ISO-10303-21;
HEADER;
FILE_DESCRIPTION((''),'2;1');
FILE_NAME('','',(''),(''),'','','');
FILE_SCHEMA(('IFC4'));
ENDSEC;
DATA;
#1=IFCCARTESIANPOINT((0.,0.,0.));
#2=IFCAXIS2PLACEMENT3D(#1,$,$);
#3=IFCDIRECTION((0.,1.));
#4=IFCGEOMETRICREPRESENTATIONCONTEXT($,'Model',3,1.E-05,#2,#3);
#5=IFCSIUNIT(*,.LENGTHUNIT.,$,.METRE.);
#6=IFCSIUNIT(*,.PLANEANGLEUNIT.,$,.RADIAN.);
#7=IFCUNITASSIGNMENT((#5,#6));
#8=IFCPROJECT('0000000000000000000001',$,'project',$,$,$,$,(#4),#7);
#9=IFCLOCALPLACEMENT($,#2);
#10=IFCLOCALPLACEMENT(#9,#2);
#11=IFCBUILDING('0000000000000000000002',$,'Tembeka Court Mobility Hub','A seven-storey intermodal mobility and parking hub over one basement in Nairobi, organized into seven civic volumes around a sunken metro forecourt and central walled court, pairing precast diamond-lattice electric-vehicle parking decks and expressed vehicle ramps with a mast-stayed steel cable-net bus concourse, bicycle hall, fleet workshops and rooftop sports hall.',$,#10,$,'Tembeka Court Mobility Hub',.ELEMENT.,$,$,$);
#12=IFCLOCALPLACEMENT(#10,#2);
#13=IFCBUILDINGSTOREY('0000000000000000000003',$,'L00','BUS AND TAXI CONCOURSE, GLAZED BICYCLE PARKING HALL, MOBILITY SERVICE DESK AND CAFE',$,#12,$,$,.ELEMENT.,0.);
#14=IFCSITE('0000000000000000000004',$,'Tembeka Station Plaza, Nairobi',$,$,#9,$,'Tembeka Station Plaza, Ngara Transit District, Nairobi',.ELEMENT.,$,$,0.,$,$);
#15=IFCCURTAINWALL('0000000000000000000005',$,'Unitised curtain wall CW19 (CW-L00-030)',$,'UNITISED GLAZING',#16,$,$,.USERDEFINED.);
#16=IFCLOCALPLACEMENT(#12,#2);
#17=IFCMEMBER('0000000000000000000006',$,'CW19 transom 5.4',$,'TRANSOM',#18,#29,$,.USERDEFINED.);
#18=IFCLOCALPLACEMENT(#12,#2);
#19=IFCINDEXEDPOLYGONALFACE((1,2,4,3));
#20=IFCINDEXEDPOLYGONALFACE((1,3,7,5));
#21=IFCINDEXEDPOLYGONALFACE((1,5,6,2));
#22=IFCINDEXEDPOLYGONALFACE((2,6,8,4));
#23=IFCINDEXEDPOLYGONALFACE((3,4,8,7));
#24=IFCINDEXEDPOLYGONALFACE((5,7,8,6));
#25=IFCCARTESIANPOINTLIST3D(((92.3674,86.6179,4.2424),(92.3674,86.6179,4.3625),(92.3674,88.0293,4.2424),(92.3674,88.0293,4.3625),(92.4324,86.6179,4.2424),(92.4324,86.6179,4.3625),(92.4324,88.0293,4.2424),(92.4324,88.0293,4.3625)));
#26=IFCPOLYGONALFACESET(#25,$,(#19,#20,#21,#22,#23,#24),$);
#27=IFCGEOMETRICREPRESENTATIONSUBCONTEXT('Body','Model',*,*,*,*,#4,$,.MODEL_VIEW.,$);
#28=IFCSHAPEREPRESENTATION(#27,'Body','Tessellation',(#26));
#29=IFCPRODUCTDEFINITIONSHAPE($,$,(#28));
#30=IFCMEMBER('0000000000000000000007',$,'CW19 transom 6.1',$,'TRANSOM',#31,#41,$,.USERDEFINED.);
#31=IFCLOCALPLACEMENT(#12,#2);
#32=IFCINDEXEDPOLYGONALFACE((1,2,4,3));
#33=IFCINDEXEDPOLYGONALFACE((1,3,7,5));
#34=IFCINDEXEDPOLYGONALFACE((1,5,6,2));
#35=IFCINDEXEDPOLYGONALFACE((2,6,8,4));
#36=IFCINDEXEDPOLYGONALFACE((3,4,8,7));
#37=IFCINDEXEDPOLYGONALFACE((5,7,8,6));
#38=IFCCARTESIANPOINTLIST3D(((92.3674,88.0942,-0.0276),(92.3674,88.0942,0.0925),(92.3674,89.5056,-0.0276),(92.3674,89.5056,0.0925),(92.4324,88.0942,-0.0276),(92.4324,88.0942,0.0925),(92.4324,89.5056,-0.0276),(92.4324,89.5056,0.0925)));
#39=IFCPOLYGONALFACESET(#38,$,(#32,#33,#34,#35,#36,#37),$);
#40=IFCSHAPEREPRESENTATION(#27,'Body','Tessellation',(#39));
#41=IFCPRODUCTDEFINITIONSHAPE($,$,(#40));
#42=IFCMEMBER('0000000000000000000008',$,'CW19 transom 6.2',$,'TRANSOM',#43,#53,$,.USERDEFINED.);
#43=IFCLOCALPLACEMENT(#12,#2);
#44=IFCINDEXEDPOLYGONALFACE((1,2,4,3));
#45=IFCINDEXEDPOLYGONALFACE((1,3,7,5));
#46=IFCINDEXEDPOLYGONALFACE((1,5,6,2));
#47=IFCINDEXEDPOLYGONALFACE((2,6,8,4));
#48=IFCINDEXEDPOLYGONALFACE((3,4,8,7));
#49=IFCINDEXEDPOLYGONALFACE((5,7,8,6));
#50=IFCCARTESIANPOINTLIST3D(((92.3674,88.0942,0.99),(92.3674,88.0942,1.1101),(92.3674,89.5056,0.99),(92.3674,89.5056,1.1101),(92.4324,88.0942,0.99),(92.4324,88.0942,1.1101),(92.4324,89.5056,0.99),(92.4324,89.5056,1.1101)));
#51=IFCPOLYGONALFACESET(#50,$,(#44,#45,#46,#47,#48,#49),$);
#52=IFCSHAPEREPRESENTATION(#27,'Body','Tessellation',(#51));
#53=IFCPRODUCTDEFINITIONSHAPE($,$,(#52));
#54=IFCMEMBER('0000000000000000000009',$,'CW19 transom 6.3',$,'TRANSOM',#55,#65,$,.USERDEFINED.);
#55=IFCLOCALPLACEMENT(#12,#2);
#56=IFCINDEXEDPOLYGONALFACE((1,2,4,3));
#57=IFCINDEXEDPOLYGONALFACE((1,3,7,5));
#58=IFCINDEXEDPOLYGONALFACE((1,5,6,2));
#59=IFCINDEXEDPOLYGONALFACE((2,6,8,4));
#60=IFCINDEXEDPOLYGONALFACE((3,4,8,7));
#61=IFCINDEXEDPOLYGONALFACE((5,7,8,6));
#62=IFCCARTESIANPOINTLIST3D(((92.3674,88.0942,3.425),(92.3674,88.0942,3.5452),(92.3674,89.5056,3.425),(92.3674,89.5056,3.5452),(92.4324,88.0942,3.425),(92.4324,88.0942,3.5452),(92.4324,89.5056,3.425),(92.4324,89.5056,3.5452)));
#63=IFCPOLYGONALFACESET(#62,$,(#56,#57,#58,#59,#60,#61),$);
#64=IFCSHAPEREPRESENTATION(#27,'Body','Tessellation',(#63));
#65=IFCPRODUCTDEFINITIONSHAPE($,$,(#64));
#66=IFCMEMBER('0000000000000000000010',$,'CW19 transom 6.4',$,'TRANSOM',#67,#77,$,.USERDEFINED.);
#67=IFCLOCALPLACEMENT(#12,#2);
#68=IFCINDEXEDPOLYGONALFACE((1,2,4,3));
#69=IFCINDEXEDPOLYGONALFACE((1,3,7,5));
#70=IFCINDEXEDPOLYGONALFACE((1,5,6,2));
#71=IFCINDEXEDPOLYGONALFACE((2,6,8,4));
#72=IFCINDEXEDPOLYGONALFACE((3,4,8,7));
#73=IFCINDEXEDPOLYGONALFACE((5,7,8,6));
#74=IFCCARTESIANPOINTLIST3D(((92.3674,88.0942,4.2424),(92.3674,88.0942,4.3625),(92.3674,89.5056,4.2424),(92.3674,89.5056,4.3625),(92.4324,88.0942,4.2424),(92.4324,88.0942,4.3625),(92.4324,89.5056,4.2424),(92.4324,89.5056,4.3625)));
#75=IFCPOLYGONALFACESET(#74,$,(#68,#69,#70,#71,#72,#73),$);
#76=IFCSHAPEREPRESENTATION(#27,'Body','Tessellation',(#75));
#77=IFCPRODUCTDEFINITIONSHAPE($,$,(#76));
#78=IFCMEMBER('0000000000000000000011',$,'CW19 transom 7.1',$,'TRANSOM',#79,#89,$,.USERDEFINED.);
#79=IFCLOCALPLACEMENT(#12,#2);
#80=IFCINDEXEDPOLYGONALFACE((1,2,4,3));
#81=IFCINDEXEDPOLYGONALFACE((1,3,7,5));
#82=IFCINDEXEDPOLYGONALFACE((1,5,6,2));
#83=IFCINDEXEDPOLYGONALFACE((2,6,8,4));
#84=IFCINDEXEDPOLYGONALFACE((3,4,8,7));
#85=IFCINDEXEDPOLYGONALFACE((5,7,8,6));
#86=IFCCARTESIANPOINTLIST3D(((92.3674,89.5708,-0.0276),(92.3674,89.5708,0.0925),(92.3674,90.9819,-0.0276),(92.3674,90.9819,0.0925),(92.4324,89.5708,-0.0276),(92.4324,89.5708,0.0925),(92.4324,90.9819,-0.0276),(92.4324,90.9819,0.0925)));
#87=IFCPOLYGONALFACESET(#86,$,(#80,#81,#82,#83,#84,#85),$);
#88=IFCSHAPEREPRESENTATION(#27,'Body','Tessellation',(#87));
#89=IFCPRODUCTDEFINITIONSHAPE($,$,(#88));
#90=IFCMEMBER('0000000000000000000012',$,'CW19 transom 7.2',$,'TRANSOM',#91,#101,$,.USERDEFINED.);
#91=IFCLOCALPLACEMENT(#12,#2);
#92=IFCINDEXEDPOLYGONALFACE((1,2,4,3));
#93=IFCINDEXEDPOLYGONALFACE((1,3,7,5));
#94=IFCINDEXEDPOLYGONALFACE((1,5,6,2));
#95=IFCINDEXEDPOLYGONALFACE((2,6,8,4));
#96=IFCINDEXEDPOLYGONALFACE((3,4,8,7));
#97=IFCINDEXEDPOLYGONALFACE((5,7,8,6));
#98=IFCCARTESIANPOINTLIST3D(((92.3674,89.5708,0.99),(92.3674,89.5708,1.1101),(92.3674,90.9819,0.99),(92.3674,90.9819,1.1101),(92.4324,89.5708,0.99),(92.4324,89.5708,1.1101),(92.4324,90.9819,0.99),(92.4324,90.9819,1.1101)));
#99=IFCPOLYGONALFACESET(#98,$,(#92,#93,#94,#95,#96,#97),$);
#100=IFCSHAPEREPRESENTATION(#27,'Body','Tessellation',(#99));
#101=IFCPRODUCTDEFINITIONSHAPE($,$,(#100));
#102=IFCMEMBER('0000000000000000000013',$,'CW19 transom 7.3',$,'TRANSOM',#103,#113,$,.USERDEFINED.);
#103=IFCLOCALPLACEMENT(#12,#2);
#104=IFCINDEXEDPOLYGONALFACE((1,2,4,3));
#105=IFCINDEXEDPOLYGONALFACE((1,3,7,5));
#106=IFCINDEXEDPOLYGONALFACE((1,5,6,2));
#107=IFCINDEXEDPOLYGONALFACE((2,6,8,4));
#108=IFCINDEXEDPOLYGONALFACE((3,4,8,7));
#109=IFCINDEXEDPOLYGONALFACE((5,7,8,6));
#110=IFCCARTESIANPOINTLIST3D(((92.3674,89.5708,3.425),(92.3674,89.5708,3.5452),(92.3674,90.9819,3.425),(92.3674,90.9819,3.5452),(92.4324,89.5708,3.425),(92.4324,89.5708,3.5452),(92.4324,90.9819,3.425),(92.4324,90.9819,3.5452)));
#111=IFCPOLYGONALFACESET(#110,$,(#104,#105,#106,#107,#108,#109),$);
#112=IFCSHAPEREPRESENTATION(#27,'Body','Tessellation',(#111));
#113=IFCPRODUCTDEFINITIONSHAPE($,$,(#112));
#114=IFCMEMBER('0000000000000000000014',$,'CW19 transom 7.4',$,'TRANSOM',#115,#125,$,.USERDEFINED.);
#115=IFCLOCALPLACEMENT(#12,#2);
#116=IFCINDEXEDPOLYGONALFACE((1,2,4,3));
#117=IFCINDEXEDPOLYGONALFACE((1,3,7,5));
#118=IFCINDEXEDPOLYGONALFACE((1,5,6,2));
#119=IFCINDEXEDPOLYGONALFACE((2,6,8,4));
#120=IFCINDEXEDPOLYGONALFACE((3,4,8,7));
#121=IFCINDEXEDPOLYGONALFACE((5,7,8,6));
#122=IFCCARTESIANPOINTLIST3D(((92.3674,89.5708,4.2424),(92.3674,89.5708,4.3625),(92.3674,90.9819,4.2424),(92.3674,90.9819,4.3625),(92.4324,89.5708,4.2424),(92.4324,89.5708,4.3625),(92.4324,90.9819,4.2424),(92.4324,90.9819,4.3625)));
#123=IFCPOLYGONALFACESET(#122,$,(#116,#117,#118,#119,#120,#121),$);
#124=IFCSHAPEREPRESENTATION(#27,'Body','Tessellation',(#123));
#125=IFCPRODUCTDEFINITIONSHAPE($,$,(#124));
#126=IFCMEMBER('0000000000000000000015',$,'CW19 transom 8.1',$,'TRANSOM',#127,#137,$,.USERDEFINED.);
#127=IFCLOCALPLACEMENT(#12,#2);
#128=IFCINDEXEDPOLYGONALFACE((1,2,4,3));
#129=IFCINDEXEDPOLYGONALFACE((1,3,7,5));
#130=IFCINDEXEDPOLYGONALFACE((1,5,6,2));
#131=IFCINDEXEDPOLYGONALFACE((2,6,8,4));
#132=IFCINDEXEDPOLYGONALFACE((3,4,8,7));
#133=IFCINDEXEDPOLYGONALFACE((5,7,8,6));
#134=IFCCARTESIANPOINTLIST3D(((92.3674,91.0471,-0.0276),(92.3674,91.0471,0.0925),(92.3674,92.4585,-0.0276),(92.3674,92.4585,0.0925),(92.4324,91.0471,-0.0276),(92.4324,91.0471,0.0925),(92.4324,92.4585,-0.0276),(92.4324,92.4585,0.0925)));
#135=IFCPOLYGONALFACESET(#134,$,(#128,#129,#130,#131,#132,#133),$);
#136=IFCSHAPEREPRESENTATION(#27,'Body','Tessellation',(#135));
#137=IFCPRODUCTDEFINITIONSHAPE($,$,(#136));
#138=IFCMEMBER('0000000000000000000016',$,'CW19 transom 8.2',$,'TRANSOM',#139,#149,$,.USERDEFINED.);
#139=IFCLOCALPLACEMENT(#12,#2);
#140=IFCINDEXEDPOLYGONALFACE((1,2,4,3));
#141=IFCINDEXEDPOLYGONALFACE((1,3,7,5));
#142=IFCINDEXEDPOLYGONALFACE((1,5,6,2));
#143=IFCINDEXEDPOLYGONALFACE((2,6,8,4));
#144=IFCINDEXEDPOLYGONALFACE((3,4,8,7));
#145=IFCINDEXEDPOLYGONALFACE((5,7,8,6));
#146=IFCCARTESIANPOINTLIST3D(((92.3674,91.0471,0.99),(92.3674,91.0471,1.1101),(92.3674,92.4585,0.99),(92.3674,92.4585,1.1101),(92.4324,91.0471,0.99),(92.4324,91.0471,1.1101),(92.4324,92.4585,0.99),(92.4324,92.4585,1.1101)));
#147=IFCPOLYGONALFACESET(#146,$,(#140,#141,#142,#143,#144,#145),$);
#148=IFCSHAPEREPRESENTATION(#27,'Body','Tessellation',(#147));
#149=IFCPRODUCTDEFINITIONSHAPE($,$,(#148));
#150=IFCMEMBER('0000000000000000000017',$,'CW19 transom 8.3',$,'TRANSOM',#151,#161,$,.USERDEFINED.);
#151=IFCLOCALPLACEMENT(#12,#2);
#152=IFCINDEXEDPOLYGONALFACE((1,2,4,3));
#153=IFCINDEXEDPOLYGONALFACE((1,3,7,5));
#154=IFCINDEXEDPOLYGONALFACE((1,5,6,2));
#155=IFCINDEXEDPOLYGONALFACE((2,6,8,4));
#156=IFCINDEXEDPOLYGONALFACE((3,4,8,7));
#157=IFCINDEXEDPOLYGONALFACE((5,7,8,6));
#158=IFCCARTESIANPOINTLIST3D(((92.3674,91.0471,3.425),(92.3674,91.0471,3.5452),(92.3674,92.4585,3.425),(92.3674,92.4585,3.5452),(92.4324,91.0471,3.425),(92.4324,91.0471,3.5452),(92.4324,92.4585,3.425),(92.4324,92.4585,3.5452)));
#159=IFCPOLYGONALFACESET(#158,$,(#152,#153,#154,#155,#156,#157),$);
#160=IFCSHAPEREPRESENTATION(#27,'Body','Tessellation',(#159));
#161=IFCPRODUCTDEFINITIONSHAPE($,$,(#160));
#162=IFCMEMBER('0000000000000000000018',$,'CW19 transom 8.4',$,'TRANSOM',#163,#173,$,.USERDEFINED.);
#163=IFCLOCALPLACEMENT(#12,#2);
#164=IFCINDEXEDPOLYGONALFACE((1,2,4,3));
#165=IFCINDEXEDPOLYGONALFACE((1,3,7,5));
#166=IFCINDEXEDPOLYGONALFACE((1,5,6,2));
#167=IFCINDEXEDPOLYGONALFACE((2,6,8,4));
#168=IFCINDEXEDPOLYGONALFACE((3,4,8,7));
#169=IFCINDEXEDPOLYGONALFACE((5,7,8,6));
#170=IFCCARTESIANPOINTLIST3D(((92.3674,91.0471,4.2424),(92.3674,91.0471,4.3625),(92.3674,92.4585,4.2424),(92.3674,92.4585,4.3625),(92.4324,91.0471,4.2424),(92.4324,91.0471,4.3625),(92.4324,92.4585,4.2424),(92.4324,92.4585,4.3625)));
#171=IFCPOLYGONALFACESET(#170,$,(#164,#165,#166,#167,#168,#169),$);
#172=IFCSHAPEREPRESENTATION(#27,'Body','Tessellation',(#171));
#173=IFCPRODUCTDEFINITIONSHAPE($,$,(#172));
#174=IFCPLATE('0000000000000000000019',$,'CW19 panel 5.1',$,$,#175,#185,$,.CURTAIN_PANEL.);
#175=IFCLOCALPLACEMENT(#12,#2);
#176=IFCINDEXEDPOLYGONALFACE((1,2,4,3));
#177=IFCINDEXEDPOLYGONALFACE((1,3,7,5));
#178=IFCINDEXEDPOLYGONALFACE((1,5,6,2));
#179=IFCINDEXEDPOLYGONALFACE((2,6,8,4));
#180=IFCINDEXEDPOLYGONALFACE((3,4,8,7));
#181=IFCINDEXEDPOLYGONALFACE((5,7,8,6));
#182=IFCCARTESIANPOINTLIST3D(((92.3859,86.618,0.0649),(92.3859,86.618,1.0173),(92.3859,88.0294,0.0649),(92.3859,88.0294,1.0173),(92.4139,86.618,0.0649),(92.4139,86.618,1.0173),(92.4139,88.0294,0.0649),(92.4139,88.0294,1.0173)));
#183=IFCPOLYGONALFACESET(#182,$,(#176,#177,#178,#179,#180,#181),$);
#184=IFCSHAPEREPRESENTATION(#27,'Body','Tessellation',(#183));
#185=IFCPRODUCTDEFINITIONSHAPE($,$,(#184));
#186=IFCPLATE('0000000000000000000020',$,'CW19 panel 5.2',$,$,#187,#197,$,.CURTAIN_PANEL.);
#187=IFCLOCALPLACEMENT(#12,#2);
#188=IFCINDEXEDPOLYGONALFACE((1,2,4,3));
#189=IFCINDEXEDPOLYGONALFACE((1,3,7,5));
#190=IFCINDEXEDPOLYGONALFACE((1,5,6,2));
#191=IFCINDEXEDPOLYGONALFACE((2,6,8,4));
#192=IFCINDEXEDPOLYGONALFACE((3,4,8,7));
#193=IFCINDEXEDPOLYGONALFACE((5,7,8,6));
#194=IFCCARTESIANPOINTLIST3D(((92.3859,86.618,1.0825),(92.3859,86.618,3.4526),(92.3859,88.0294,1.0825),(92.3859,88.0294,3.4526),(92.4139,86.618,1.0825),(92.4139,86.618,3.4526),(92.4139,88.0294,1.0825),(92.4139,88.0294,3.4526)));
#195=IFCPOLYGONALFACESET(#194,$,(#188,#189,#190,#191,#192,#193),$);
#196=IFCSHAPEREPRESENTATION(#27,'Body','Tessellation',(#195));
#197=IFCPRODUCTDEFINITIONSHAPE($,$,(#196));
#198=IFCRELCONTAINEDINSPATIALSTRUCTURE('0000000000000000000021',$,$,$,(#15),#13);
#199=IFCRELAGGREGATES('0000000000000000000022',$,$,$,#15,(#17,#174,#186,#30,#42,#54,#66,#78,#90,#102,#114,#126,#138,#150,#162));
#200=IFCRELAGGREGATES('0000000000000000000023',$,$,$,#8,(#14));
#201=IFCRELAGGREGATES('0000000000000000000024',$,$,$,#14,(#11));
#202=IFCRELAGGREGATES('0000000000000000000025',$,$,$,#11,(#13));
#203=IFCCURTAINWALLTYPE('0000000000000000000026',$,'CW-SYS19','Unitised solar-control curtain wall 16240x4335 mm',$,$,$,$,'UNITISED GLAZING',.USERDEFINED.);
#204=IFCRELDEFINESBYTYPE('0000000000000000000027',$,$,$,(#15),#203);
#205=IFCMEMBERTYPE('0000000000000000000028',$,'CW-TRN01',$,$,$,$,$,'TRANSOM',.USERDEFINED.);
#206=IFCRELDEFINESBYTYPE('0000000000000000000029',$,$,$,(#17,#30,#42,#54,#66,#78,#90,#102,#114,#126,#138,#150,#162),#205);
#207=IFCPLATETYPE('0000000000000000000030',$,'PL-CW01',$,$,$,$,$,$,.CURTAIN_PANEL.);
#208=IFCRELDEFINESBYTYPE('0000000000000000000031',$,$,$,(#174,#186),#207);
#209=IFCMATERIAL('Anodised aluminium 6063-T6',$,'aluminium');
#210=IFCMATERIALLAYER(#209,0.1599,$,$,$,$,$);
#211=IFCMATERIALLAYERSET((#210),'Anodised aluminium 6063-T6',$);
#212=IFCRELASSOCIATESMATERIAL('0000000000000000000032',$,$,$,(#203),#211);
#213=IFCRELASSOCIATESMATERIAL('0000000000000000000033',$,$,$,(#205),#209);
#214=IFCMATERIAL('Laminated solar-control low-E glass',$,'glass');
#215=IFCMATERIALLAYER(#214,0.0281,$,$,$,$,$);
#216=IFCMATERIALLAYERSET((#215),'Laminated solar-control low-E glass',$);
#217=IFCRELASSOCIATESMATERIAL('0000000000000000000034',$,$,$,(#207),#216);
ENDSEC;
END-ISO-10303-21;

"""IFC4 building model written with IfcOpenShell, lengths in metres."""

from ifc_helpers import new_model, si_unit, direction, frame, origin, origin_2d, place, context, subcontext, project, spatial, rectangle, extrude, material, layer, layer_set, material_profile, profile_set, type_object, element, aggregate, save


model = new_model("IFC4")

# Units and contexts
model_context = context("Model", 3, precision=1e-05, world=origin(), true_north=direction((0.0, 1.0)))
body_context = subcontext(model_context, "Body", "Model", "MODEL_VIEW")
ifc_project = project(units=[si_unit("LENGTHUNIT", "METRE"), si_unit("PLANEANGLEUNIT", "RADIAN")], contexts=[model_context])

# Site, building, storey
site_placement = place(None, origin())
site = spatial("IfcSite", under=ifc_project, at=site_placement, Name="Tembeka Station Plaza, Nairobi", LongName="Tembeka Station Plaza, Ngara Transit District, Nairobi", CompositionType="ELEMENT", RefElevation=0.0)
building_placement = place(site_placement, origin())
building = spatial("IfcBuilding", under=site, at=building_placement, Name="Tembeka Court Mobility Hub", Description="A seven-storey intermodal mobility and parking hub over one basement in Nairobi, organized into seven civic volumes around a sunken metro forecourt and central walled court, pairing precast diamond-lattice electric-vehicle parking decks and expressed vehicle ramps with a mast-stayed steel cable-net bus concourse, bicycle hall, fleet workshops and rooftop sports hall.", LongName="Tembeka Court Mobility Hub", CompositionType="ELEMENT")
storey_placement = place(building_placement, origin())
storey = spatial("IfcBuildingStorey", under=building, at=storey_placement, Name="L00", Description="BUS AND TAXI CONCOURSE, GLAZED BICYCLE PARKING HALL, MOBILITY SERVICE DESK AND CAFE", CompositionType="ELEMENT", Elevation=0.0)

# Curtain wall, members, plates
ifc_material_1 = material(Name="Anodised aluminium 6063-T6", Category="aluminium")
ifc_layer_1 = layer(ifc_material_1, 0.1599)
ifc_layer_set_1 = layer_set([ifc_layer_1], Name="Anodised aluminium 6063-T6")
curtain_wall_type = type_object("IfcCurtainWallType", Name="CW-SYS19", Description="Unitised solar-control curtain wall 16240x4335 mm", ElementType="UNITISED GLAZING", PredefinedType="USERDEFINED", material=ifc_layer_set_1)
curtain_wall_placement = place(storey_placement, origin())
curtain_wall = element("IfcCurtainWall", 1, at=curtain_wall_placement, inside=storey, type_object=curtain_wall_type, Name="Unitised curtain wall CW19 (CW-L00-030)", ObjectType="UNITISED GLAZING", PredefinedType="USERDEFINED")
ifc_material_profile_1 = material_profile(ifc_material_1, rectangle(XDim=0.0649, YDim=0.1201, at=origin_2d()), Name="ALU-TRN 65x120")
ifc_profile_set_1 = profile_set([ifc_material_profile_1], Name="Anodised aluminium 6063-T6")
member_type_1 = type_object("IfcMemberType", Name="CW-TRN01", ElementType="TRANSOM", PredefinedType="USERDEFINED", material=ifc_profile_set_1)
member_1_placement = place(storey_placement, frame((92.3999, 86.6179, 4.3025), z_axis=(0.0, 1.0, 0.0), x_axis=(-1.0, 0.0, 0.0)))
member_1 = element("IfcMember", 2, at=member_1_placement, type_object=member_type_1, Name="CW19 transom 5.4", ObjectType="TRANSOM", PredefinedType="USERDEFINED", context=body_context, shape_type="SweptSolid", body=[
    extrude(rectangle(XDim=0.0649, YDim=0.1201, at=origin_2d()), origin(), (0.0, 0.0, 1.0), 1.4114),
])
member_2_placement = place(storey_placement, frame((92.3999, 88.0942, 0.0325), z_axis=(0.0, 1.0, 0.0), x_axis=(-1.0, 0.0, 0.0)))
member_2 = element("IfcMember", 3, at=member_2_placement, type_object=member_type_1, Name="CW19 transom 6.1", ObjectType="TRANSOM", PredefinedType="USERDEFINED", context=body_context, shape_type="SweptSolid", body=[
    extrude(rectangle(XDim=0.0649, YDim=0.1201, at=origin_2d()), origin(), (0.0, 0.0, 1.0), 1.4114),
])
member_3_placement = place(storey_placement, frame((92.3999, 88.0942, 1.05), z_axis=(0.0, 1.0, 0.0), x_axis=(-1.0, 0.0, 0.0)))
member_3 = element("IfcMember", 4, at=member_3_placement, type_object=member_type_1, Name="CW19 transom 6.2", ObjectType="TRANSOM", PredefinedType="USERDEFINED", context=body_context, shape_type="SweptSolid", body=[
    extrude(rectangle(XDim=0.0649, YDim=0.1201, at=origin_2d()), origin(), (0.0, 0.0, 1.0), 1.4114),
])
member_4_placement = place(storey_placement, frame((92.3999, 88.0942, 3.4851), z_axis=(0.0, 1.0, 0.0), x_axis=(-1.0, 0.0, 0.0)))
member_4 = element("IfcMember", 5, at=member_4_placement, type_object=member_type_1, Name="CW19 transom 6.3", ObjectType="TRANSOM", PredefinedType="USERDEFINED", context=body_context, shape_type="SweptSolid", body=[
    extrude(rectangle(XDim=0.0649, YDim=0.1201, at=origin_2d()), origin(), (0.0, 0.0, 1.0), 1.4114),
])
member_5_placement = place(storey_placement, frame((92.3999, 88.0942, 4.3025), z_axis=(0.0, 1.0, 0.0), x_axis=(-1.0, 0.0, 0.0)))
member_5 = element("IfcMember", 6, at=member_5_placement, type_object=member_type_1, Name="CW19 transom 6.4", ObjectType="TRANSOM", PredefinedType="USERDEFINED", context=body_context, shape_type="SweptSolid", body=[
    extrude(rectangle(XDim=0.0649, YDim=0.1201, at=origin_2d()), origin(), (0.0, 0.0, 1.0), 1.4114),
])
member_6_placement = place(storey_placement, frame((92.3999, 89.5708, 0.0325), z_axis=(0.0, 1.0, 0.0), x_axis=(-1.0, 0.0, 0.0)))
member_6 = element("IfcMember", 7, at=member_6_placement, type_object=member_type_1, Name="CW19 transom 7.1", ObjectType="TRANSOM", PredefinedType="USERDEFINED", context=body_context, shape_type="SweptSolid", body=[
    extrude(rectangle(XDim=0.0649, YDim=0.1201, at=origin_2d()), origin(), (0.0, 0.0, 1.0), 1.4111),
])
member_7_placement = place(storey_placement, frame((92.3999, 89.5708, 1.05), z_axis=(0.0, 1.0, 0.0), x_axis=(-1.0, 0.0, 0.0)))
member_7 = element("IfcMember", 8, at=member_7_placement, type_object=member_type_1, Name="CW19 transom 7.2", ObjectType="TRANSOM", PredefinedType="USERDEFINED", context=body_context, shape_type="SweptSolid", body=[
    extrude(rectangle(XDim=0.0649, YDim=0.1201, at=origin_2d()), origin(), (0.0, 0.0, 1.0), 1.4111),
])
member_8_placement = place(storey_placement, frame((92.3999, 89.5708, 3.4851), z_axis=(0.0, 1.0, 0.0), x_axis=(-1.0, 0.0, 0.0)))
member_8 = element("IfcMember", 9, at=member_8_placement, type_object=member_type_1, Name="CW19 transom 7.3", ObjectType="TRANSOM", PredefinedType="USERDEFINED", context=body_context, shape_type="SweptSolid", body=[
    extrude(rectangle(XDim=0.0649, YDim=0.1201, at=origin_2d()), origin(), (0.0, 0.0, 1.0), 1.4111),
])
member_9_placement = place(storey_placement, frame((92.3999, 89.5708, 4.3025), z_axis=(0.0, 1.0, 0.0), x_axis=(-1.0, 0.0, 0.0)))
member_9 = element("IfcMember", 10, at=member_9_placement, type_object=member_type_1, Name="CW19 transom 7.4", ObjectType="TRANSOM", PredefinedType="USERDEFINED", context=body_context, shape_type="SweptSolid", body=[
    extrude(rectangle(XDim=0.0649, YDim=0.1201, at=origin_2d()), origin(), (0.0, 0.0, 1.0), 1.4111),
])
member_10_placement = place(storey_placement, frame((92.3999, 91.0471, 0.0325), z_axis=(0.0, 1.0, 0.0), x_axis=(-1.0, 0.0, 0.0)))
member_10 = element("IfcMember", 11, at=member_10_placement, type_object=member_type_1, Name="CW19 transom 8.1", ObjectType="TRANSOM", PredefinedType="USERDEFINED", context=body_context, shape_type="SweptSolid", body=[
    extrude(rectangle(XDim=0.0649, YDim=0.1201, at=origin_2d()), origin(), (0.0, 0.0, 1.0), 1.4114),
])
member_11_placement = place(storey_placement, frame((92.3999, 91.0471, 1.05), z_axis=(0.0, 1.0, 0.0), x_axis=(-1.0, 0.0, 0.0)))
member_11 = element("IfcMember", 12, at=member_11_placement, type_object=member_type_1, Name="CW19 transom 8.2", ObjectType="TRANSOM", PredefinedType="USERDEFINED", context=body_context, shape_type="SweptSolid", body=[
    extrude(rectangle(XDim=0.0649, YDim=0.1201, at=origin_2d()), origin(), (0.0, 0.0, 1.0), 1.4114),
])
member_12_placement = place(storey_placement, frame((92.3999, 91.0471, 3.4851), z_axis=(0.0, 1.0, 0.0), x_axis=(-1.0, 0.0, 0.0)))
member_12 = element("IfcMember", 13, at=member_12_placement, type_object=member_type_1, Name="CW19 transom 8.3", ObjectType="TRANSOM", PredefinedType="USERDEFINED", context=body_context, shape_type="SweptSolid", body=[
    extrude(rectangle(XDim=0.0649, YDim=0.1201, at=origin_2d()), origin(), (0.0, 0.0, 1.0), 1.4114),
])
member_13_placement = place(storey_placement, frame((92.3999, 91.0471, 4.3025), z_axis=(0.0, 1.0, 0.0), x_axis=(-1.0, 0.0, 0.0)))
member_13 = element("IfcMember", 14, at=member_13_placement, type_object=member_type_1, Name="CW19 transom 8.4", ObjectType="TRANSOM", PredefinedType="USERDEFINED", context=body_context, shape_type="SweptSolid", body=[
    extrude(rectangle(XDim=0.0649, YDim=0.1201, at=origin_2d()), origin(), (0.0, 0.0, 1.0), 1.4114),
])
ifc_material_2 = material(Name="Laminated solar-control low-E glass", Category="glass")
ifc_layer_2 = layer(ifc_material_2, 0.0281)
ifc_layer_set_2 = layer_set([ifc_layer_2], Name="Laminated solar-control low-E glass")
plate_type = type_object("IfcPlateType", Name="PL-CW01", PredefinedType="CURTAIN_PANEL", material=ifc_layer_set_2)
plate_1_placement = place(storey_placement, frame((92.3999, 87.3237, 0.0649), z_axis=(0.0, 0.0, 1.0), x_axis=(0.0, 1.0, 0.0)))
plate_1 = element("IfcPlate", 15, at=plate_1_placement, type_object=plate_type, Name="CW19 panel 5.1", PredefinedType="CURTAIN_PANEL", context=body_context, shape_type="SweptSolid", body=[
    extrude(rectangle(XDim=1.4114, YDim=0.0281, at=origin_2d()), origin(), (0.0, 0.0, 1.0), 0.9524),
])
plate_2_placement = place(storey_placement, frame((92.3999, 87.3237, 1.0825), z_axis=(0.0, 0.0, 1.0), x_axis=(0.0, 1.0, 0.0)))
plate_2 = element("IfcPlate", 16, at=plate_2_placement, type_object=plate_type, Name="CW19 panel 5.2", PredefinedType="CURTAIN_PANEL", context=body_context, shape_type="SweptSolid", body=[
    extrude(rectangle(XDim=1.4114, YDim=0.0281, at=origin_2d()), origin(), (0.0, 0.0, 1.0), 2.3701),
])
aggregate(curtain_wall, [member_1, plate_1, plate_2, member_2, member_3, member_4, member_5, member_6, member_7, member_8, member_9, member_10, member_11, member_12, member_13])

save(model, "model.ifc")
